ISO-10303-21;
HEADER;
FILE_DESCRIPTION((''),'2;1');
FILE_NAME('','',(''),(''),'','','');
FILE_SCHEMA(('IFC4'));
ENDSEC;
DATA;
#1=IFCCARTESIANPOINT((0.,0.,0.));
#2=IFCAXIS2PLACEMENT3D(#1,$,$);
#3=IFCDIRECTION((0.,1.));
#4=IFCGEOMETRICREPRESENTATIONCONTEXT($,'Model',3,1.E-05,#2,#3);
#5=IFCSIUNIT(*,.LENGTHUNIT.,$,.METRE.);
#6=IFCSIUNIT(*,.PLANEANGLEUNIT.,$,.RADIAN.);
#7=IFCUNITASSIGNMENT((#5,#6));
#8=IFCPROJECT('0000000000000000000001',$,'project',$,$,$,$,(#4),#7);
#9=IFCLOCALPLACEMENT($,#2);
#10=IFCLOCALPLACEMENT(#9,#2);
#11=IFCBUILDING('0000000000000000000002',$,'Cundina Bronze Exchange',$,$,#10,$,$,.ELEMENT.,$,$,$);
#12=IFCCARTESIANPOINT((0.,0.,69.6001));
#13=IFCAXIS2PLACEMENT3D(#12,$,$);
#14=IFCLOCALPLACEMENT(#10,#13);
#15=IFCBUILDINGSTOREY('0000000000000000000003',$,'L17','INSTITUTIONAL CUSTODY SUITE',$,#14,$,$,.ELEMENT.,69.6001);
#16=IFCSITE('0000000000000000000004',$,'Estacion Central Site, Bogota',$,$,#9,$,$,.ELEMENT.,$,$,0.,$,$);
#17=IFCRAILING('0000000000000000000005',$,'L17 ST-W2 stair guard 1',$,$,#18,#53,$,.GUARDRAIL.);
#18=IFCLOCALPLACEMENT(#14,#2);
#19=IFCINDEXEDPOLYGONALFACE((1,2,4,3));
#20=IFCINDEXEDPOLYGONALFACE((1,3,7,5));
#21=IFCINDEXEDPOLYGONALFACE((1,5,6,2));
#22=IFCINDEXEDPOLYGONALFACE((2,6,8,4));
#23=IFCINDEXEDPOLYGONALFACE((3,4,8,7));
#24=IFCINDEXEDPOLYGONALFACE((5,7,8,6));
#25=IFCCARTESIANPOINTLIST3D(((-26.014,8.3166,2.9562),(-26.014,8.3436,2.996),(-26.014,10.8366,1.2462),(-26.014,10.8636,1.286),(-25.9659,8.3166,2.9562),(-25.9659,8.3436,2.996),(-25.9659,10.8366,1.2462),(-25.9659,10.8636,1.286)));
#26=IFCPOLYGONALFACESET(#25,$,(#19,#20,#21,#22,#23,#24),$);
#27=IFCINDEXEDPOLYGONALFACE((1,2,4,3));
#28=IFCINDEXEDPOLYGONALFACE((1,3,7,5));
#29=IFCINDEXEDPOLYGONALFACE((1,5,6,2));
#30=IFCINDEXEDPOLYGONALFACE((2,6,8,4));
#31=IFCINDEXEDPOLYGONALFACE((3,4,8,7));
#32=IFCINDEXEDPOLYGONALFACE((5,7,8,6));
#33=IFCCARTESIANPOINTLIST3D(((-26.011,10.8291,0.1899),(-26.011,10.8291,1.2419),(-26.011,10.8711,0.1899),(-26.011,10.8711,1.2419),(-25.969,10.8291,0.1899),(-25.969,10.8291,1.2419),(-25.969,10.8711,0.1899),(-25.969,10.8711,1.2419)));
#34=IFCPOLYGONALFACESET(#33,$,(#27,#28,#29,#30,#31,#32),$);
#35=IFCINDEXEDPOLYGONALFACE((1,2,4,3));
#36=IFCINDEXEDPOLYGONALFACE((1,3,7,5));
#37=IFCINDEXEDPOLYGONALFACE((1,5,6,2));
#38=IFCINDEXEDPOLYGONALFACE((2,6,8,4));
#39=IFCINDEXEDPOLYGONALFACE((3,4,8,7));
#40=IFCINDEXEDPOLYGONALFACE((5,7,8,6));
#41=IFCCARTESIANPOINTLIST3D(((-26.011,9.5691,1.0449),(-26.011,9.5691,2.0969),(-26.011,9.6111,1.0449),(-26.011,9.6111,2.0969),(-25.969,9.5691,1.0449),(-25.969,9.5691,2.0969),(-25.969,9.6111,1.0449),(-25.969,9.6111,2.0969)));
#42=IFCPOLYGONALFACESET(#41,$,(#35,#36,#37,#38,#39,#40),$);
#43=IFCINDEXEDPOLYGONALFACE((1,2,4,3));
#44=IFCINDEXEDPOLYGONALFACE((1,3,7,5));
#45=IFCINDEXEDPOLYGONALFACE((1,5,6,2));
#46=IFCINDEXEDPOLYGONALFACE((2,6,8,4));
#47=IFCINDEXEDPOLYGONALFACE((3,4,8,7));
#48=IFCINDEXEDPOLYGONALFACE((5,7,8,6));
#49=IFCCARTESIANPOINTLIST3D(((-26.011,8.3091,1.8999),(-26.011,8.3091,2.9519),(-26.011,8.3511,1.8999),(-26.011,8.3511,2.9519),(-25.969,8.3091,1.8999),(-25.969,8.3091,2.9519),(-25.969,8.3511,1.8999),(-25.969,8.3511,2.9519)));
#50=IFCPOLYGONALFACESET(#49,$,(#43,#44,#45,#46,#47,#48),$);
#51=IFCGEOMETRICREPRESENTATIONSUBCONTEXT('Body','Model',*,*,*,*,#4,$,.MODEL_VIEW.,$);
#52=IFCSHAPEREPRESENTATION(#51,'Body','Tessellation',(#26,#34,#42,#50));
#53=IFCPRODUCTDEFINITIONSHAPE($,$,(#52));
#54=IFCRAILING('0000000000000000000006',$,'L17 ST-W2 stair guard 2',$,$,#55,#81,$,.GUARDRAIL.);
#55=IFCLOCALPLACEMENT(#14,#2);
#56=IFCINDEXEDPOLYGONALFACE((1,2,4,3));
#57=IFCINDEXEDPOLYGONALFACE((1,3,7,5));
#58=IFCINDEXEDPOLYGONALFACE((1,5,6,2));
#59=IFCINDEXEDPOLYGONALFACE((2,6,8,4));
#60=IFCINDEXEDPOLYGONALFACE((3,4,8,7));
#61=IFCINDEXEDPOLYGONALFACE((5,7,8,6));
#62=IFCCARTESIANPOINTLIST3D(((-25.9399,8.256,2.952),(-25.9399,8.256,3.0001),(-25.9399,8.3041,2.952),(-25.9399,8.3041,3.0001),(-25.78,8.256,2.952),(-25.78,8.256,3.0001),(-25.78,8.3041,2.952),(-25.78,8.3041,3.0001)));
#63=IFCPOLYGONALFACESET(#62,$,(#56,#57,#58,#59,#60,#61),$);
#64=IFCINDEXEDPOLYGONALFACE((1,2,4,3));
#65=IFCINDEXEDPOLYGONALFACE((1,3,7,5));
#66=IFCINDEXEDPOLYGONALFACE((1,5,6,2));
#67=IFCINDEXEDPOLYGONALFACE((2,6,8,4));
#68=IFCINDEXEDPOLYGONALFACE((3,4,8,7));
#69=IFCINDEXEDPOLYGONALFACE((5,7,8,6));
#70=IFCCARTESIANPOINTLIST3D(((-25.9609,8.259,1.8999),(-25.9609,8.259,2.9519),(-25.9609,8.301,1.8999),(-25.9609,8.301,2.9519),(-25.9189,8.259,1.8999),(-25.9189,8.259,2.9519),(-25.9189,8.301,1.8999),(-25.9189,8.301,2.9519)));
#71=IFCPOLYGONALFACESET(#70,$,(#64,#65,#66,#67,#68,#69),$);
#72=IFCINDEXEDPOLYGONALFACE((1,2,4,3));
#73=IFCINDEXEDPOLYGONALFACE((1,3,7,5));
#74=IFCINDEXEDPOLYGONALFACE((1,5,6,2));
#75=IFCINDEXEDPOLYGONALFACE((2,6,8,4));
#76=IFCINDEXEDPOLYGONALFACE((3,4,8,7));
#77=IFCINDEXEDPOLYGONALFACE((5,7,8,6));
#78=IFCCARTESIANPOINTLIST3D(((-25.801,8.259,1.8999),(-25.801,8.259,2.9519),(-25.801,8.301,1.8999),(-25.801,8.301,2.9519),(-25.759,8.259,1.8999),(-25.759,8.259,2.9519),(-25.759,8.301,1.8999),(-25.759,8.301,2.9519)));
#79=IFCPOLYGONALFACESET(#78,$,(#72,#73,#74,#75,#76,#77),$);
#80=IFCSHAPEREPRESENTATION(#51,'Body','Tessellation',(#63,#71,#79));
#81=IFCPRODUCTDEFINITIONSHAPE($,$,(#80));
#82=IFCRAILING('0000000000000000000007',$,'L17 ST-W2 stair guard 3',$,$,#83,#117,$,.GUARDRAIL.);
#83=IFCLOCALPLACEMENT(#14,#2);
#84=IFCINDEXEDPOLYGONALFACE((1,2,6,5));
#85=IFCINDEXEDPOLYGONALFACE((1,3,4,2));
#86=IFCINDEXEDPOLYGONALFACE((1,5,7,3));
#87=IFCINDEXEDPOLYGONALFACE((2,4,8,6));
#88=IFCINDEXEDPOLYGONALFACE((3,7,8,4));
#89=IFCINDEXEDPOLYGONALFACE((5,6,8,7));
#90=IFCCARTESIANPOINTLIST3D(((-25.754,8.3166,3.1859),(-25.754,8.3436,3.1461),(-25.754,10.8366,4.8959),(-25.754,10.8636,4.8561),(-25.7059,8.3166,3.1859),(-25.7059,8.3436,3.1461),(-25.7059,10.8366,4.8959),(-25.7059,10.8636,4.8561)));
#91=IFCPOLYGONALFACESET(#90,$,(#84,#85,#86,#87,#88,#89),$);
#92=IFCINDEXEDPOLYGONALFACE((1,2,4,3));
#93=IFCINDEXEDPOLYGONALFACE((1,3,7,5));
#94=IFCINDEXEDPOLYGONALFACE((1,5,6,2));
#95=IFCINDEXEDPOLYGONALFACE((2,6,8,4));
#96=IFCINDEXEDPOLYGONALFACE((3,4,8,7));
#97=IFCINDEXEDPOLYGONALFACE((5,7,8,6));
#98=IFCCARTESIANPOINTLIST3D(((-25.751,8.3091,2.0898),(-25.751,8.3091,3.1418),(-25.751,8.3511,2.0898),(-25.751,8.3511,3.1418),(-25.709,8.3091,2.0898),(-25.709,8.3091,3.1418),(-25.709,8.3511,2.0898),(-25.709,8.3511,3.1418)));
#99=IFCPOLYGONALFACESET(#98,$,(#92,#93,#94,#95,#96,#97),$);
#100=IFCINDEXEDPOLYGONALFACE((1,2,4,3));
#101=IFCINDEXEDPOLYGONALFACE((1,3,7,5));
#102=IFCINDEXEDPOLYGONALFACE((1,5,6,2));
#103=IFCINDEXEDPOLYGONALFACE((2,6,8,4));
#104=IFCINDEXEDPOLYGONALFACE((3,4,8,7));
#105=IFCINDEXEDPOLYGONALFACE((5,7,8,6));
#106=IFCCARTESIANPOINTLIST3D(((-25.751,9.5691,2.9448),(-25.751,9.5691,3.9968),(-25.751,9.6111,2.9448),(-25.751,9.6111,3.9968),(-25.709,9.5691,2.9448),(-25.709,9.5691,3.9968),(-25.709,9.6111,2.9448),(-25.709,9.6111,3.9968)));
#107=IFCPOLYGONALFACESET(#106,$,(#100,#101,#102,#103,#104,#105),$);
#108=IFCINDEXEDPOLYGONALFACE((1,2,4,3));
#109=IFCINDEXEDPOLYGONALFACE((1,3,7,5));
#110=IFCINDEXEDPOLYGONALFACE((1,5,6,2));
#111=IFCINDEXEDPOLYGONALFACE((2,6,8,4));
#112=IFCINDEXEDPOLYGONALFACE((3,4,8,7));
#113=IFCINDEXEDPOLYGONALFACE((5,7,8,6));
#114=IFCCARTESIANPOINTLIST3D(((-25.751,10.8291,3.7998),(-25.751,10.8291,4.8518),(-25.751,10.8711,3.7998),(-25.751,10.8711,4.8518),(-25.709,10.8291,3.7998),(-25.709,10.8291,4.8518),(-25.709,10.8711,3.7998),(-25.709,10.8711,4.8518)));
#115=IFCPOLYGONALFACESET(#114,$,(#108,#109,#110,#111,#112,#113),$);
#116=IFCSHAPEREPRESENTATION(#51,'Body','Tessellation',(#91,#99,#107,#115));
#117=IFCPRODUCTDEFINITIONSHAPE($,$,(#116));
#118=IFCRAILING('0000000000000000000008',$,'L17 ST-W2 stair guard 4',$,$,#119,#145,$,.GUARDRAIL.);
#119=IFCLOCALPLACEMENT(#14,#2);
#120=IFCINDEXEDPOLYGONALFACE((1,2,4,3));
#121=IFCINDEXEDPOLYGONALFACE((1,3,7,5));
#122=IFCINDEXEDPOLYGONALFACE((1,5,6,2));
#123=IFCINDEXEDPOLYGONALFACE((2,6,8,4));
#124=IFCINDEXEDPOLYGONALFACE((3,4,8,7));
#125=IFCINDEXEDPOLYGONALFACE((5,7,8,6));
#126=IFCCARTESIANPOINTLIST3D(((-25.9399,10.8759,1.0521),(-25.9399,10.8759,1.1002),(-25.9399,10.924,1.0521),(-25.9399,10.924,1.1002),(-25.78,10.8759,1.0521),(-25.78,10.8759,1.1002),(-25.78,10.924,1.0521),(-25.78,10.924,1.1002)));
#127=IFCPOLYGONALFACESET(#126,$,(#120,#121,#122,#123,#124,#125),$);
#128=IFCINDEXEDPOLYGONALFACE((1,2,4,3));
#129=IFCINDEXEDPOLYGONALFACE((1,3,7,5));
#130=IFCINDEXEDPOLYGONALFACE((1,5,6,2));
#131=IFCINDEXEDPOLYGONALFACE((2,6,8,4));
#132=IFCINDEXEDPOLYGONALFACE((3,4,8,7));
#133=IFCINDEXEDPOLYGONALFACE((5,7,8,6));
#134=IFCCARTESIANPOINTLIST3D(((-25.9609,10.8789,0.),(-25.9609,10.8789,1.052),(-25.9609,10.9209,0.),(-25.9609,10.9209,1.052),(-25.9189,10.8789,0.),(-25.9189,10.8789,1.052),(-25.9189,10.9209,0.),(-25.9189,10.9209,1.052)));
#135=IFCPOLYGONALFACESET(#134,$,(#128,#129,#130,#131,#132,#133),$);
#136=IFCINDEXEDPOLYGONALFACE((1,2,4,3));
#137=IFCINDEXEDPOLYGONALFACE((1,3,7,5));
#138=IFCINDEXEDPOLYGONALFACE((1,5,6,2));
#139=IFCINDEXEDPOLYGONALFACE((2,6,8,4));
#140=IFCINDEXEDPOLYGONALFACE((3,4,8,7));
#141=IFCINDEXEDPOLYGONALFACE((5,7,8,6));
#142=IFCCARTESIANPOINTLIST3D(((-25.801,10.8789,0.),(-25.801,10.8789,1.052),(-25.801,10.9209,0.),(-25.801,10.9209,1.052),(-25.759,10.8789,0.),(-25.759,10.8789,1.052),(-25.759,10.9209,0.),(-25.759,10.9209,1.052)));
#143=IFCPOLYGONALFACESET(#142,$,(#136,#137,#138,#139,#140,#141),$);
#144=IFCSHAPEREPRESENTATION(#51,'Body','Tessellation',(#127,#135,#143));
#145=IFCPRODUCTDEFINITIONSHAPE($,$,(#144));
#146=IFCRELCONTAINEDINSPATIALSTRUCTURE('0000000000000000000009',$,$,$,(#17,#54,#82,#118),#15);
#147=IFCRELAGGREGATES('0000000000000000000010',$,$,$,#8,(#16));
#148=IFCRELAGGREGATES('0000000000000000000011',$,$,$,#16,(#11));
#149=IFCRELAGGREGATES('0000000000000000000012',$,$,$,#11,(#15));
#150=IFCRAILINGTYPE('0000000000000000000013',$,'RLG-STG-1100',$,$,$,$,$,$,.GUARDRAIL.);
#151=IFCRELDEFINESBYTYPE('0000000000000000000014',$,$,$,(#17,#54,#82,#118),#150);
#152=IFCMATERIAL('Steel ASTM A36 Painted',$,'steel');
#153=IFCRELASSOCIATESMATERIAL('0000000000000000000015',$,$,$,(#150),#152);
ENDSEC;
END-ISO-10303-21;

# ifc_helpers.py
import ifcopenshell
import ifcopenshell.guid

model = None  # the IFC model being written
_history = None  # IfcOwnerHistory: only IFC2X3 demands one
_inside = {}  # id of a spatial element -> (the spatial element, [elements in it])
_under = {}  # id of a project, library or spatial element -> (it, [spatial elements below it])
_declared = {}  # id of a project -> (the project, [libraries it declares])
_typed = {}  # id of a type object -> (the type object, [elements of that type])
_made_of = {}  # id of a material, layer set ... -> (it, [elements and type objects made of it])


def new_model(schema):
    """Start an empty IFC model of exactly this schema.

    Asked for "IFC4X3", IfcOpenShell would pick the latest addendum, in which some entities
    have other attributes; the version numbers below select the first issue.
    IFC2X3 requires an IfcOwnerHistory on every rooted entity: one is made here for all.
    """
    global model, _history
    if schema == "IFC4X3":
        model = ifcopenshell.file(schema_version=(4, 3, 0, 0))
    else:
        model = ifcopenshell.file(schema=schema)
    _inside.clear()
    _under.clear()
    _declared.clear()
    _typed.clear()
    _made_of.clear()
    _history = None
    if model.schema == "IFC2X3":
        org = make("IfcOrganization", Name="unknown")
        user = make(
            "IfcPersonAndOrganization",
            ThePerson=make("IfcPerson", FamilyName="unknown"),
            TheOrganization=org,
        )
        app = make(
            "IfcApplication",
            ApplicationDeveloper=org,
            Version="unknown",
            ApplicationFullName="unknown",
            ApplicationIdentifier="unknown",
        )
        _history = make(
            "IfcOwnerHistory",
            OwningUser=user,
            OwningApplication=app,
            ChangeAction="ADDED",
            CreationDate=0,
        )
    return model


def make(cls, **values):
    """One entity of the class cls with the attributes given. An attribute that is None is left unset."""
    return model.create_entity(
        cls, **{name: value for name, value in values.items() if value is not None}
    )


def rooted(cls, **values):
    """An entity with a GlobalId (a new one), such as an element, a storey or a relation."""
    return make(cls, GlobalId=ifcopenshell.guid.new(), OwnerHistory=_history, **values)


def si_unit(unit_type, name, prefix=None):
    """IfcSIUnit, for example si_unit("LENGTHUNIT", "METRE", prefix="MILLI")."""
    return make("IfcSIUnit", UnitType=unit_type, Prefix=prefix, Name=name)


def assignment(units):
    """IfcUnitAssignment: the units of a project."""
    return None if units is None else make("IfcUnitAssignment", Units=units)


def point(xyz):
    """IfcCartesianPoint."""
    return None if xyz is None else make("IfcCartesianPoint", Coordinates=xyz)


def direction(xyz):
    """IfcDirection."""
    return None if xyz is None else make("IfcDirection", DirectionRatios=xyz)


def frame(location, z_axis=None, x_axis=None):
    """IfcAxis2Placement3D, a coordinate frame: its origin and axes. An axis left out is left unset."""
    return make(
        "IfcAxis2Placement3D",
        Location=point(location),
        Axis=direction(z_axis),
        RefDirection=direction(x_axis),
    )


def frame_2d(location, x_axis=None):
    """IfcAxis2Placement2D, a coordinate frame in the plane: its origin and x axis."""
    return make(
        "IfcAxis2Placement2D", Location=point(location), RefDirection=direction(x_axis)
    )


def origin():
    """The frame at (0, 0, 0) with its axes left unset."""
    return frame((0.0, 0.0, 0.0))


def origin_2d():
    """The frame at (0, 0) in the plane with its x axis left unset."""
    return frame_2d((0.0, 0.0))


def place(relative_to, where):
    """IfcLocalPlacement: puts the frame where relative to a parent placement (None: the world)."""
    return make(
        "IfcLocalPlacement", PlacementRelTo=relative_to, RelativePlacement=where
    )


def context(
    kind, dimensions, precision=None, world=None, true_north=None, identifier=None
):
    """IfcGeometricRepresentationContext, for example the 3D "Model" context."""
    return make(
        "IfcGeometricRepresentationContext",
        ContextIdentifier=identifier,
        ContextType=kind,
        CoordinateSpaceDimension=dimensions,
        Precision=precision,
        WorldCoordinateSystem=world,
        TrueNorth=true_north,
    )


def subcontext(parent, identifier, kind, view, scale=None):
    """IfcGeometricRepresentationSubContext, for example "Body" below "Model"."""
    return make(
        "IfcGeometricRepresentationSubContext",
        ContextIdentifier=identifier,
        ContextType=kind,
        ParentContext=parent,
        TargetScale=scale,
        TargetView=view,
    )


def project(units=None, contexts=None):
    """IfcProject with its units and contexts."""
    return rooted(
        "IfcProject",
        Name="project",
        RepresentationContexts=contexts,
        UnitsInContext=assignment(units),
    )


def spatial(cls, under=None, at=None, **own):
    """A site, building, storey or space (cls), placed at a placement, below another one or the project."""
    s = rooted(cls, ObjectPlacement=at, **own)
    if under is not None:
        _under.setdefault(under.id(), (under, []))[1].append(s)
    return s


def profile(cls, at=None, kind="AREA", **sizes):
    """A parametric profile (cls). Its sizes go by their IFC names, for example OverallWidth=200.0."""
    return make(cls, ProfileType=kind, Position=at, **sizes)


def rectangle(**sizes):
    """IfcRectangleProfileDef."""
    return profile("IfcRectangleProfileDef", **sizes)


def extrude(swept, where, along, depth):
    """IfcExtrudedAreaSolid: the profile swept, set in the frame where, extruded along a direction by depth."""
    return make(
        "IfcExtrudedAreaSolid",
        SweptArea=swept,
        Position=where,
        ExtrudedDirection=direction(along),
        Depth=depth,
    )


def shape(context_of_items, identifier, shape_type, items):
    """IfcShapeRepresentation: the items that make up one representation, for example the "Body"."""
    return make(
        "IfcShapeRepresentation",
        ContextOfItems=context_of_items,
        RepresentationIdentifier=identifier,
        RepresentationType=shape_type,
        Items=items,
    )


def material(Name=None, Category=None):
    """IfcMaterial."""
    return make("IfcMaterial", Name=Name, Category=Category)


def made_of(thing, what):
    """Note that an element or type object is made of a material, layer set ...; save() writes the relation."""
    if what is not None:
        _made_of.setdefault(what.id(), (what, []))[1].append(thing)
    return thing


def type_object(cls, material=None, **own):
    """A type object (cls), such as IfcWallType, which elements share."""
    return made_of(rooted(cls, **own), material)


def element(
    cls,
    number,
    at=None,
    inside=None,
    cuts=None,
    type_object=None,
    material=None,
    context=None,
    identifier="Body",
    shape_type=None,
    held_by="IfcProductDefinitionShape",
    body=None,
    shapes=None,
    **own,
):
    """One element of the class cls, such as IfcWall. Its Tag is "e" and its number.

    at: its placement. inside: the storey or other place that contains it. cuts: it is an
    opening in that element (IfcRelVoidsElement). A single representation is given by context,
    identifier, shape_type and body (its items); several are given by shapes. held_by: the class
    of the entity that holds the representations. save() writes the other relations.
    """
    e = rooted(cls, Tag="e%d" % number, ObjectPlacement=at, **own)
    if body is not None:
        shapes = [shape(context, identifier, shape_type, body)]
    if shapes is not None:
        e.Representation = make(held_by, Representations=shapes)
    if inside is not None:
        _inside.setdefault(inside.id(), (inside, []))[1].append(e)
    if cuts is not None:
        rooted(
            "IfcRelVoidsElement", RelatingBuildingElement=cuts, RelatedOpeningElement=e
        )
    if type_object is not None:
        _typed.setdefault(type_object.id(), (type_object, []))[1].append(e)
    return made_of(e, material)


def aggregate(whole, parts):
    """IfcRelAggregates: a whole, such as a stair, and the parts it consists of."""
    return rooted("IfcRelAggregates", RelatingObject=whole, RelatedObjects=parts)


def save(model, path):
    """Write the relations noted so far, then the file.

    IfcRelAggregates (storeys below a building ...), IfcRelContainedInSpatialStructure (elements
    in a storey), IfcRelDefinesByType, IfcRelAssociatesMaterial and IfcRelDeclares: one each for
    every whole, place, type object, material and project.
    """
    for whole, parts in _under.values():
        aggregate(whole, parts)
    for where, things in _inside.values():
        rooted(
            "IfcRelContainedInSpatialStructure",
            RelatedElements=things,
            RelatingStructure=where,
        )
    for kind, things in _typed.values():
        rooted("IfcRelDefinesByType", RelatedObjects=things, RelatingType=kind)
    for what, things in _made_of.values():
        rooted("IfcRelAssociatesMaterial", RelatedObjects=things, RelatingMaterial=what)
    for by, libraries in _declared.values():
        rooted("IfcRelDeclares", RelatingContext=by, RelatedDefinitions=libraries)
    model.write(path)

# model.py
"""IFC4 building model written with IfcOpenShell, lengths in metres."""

from ifc_helpers import new_model, si_unit, direction, frame, origin, origin_2d, place, context, subcontext, project, spatial, rectangle, extrude, material, type_object, element, save


model = new_model("IFC4")

# Units and contexts
model_context = context("Model", 3, precision=1e-05, world=origin(), true_north=direction((0.0, 1.0)))
body_context = subcontext(model_context, "Body", "Model", "MODEL_VIEW")
ifc_project = project(units=[si_unit("LENGTHUNIT", "METRE"), si_unit("PLANEANGLEUNIT", "RADIAN")], contexts=[model_context])

# Site, building, storey
site_placement = place(None, origin())
site = spatial("IfcSite", under=ifc_project, at=site_placement, Name="Estacion Central Site, Bogota", CompositionType="ELEMENT", RefElevation=0.0)
building_placement = place(site_placement, origin())
building = spatial("IfcBuilding", under=site, at=building_placement, Name="Cundina Bronze Exchange", CompositionType="ELEMENT")
storey_placement = place(building_placement, frame((0.0, 0.0, 69.6001)))
storey = spatial("IfcBuildingStorey", under=building, at=storey_placement, Name="L17", Description="INSTITUTIONAL CUSTODY SUITE", CompositionType="ELEMENT", Elevation=69.6001)

# Shared definitions
ifc_material_1 = material(Name="Steel ASTM A36 Painted", Category="steel")

# Railings
railing_type_1 = type_object("IfcRailingType", Name="RLG-STG-1100", PredefinedType="GUARDRAIL", material=ifc_material_1)
railing_1_placement = place(storey_placement, frame((-25.99, 10.8501, 0.1899)))
element("IfcRailing", 1, at=railing_1_placement, inside=storey, type_object=railing_type_1, Name="L17 ST-W2 stair guard 1", PredefinedType="GUARDRAIL", context=body_context, shape_type="SweptSolid", body=[
    extrude(rectangle(XDim=0.0481, YDim=0.0481, at=origin_2d()), frame((0.0, 0.0, 1.0762), z_axis=(0.0, -0.827484, 0.56149), x_axis=(1.0, 0.0, 0.0)), (0.0, 0.0, 1.0), 3.0454),
    extrude(rectangle(XDim=0.042, YDim=0.042, at=origin_2d()), origin(), (0.0, 0.0, 1.0), 1.052),
    extrude(rectangle(XDim=0.042, YDim=0.042, at=origin_2d()), frame((0.0, -1.26, 0.855)), (0.0, 0.0, 1.0), 1.052),
    extrude(rectangle(XDim=0.042, YDim=0.042, at=origin_2d()), frame((0.0, -2.52, 1.71)), (0.0, 0.0, 1.0), 1.052),
])
railing_2_placement = place(storey_placement, frame((-25.9399, 8.28, 1.8999)))
element("IfcRailing", 2, at=railing_2_placement, inside=storey, type_object=railing_type_1, Name="L17 ST-W2 stair guard 2", PredefinedType="GUARDRAIL", context=body_context, shape_type="SweptSolid", body=[
    extrude(rectangle(XDim=0.0481, YDim=0.0481, at=origin_2d()), frame((0.0, 0.0, 1.0762), z_axis=(1.0, 0.0, 0.0), x_axis=(0.0, 1.0, 0.0)), (0.0, 0.0, 1.0), 0.1599),
    extrude(rectangle(XDim=0.042, YDim=0.042, at=origin_2d()), origin(), (0.0, 0.0, 1.0), 1.052),
    extrude(rectangle(XDim=0.042, YDim=0.042, at=origin_2d()), frame((0.1599, 0.0, 0.0)), (0.0, 0.0, 1.0), 1.052),
])
railing_3_placement = place(storey_placement, frame((-25.73, 8.3301, 2.0898)))
element("IfcRailing", 3, at=railing_3_placement, inside=storey, type_object=railing_type_1, Name="L17 ST-W2 stair guard 3", PredefinedType="GUARDRAIL", context=body_context, shape_type="SweptSolid", body=[
    extrude(rectangle(XDim=0.0481, YDim=0.0481, at=origin_2d()), frame((0.0, 0.0, 1.0762), z_axis=(0.0, 0.827484, 0.56149), x_axis=(-1.0, 0.0, 0.0)), (0.0, 0.0, 1.0), 3.0454),
    extrude(rectangle(XDim=0.042, YDim=0.042, at=origin_2d()), origin(), (0.0, 0.0, 1.0), 1.052),
    extrude(rectangle(XDim=0.042, YDim=0.042, at=origin_2d()), frame((0.0, 1.26, 0.855)), (0.0, 0.0, 1.0), 1.052),
    extrude(rectangle(XDim=0.042, YDim=0.042, at=origin_2d()), frame((0.0, 2.52, 1.71)), (0.0, 0.0, 1.0), 1.052),
])
railing_4_placement = place(storey_placement, frame((-25.9399, 10.8999, 0.0)))
element("IfcRailing", 4, at=railing_4_placement, inside=storey, type_object=railing_type_1, Name="L17 ST-W2 stair guard 4", PredefinedType="GUARDRAIL", context=body_context, shape_type="SweptSolid", body=[
    extrude(rectangle(XDim=0.0481, YDim=0.0481, at=origin_2d()), frame((0.0, 0.0, 1.0762), z_axis=(1.0, 0.0, 0.0), x_axis=(0.0, 1.0, 0.0)), (0.0, 0.0, 1.0), 0.1599),
    extrude(rectangle(XDim=0.042, YDim=0.042, at=origin_2d()), origin(), (0.0, 0.0, 1.0), 1.052),
    extrude(rectangle(XDim=0.042, YDim=0.042, at=origin_2d()), frame((0.1599, 0.0, 0.0)), (0.0, 0.0, 1.0), 1.052),
])

save(model, "model.ifc")
